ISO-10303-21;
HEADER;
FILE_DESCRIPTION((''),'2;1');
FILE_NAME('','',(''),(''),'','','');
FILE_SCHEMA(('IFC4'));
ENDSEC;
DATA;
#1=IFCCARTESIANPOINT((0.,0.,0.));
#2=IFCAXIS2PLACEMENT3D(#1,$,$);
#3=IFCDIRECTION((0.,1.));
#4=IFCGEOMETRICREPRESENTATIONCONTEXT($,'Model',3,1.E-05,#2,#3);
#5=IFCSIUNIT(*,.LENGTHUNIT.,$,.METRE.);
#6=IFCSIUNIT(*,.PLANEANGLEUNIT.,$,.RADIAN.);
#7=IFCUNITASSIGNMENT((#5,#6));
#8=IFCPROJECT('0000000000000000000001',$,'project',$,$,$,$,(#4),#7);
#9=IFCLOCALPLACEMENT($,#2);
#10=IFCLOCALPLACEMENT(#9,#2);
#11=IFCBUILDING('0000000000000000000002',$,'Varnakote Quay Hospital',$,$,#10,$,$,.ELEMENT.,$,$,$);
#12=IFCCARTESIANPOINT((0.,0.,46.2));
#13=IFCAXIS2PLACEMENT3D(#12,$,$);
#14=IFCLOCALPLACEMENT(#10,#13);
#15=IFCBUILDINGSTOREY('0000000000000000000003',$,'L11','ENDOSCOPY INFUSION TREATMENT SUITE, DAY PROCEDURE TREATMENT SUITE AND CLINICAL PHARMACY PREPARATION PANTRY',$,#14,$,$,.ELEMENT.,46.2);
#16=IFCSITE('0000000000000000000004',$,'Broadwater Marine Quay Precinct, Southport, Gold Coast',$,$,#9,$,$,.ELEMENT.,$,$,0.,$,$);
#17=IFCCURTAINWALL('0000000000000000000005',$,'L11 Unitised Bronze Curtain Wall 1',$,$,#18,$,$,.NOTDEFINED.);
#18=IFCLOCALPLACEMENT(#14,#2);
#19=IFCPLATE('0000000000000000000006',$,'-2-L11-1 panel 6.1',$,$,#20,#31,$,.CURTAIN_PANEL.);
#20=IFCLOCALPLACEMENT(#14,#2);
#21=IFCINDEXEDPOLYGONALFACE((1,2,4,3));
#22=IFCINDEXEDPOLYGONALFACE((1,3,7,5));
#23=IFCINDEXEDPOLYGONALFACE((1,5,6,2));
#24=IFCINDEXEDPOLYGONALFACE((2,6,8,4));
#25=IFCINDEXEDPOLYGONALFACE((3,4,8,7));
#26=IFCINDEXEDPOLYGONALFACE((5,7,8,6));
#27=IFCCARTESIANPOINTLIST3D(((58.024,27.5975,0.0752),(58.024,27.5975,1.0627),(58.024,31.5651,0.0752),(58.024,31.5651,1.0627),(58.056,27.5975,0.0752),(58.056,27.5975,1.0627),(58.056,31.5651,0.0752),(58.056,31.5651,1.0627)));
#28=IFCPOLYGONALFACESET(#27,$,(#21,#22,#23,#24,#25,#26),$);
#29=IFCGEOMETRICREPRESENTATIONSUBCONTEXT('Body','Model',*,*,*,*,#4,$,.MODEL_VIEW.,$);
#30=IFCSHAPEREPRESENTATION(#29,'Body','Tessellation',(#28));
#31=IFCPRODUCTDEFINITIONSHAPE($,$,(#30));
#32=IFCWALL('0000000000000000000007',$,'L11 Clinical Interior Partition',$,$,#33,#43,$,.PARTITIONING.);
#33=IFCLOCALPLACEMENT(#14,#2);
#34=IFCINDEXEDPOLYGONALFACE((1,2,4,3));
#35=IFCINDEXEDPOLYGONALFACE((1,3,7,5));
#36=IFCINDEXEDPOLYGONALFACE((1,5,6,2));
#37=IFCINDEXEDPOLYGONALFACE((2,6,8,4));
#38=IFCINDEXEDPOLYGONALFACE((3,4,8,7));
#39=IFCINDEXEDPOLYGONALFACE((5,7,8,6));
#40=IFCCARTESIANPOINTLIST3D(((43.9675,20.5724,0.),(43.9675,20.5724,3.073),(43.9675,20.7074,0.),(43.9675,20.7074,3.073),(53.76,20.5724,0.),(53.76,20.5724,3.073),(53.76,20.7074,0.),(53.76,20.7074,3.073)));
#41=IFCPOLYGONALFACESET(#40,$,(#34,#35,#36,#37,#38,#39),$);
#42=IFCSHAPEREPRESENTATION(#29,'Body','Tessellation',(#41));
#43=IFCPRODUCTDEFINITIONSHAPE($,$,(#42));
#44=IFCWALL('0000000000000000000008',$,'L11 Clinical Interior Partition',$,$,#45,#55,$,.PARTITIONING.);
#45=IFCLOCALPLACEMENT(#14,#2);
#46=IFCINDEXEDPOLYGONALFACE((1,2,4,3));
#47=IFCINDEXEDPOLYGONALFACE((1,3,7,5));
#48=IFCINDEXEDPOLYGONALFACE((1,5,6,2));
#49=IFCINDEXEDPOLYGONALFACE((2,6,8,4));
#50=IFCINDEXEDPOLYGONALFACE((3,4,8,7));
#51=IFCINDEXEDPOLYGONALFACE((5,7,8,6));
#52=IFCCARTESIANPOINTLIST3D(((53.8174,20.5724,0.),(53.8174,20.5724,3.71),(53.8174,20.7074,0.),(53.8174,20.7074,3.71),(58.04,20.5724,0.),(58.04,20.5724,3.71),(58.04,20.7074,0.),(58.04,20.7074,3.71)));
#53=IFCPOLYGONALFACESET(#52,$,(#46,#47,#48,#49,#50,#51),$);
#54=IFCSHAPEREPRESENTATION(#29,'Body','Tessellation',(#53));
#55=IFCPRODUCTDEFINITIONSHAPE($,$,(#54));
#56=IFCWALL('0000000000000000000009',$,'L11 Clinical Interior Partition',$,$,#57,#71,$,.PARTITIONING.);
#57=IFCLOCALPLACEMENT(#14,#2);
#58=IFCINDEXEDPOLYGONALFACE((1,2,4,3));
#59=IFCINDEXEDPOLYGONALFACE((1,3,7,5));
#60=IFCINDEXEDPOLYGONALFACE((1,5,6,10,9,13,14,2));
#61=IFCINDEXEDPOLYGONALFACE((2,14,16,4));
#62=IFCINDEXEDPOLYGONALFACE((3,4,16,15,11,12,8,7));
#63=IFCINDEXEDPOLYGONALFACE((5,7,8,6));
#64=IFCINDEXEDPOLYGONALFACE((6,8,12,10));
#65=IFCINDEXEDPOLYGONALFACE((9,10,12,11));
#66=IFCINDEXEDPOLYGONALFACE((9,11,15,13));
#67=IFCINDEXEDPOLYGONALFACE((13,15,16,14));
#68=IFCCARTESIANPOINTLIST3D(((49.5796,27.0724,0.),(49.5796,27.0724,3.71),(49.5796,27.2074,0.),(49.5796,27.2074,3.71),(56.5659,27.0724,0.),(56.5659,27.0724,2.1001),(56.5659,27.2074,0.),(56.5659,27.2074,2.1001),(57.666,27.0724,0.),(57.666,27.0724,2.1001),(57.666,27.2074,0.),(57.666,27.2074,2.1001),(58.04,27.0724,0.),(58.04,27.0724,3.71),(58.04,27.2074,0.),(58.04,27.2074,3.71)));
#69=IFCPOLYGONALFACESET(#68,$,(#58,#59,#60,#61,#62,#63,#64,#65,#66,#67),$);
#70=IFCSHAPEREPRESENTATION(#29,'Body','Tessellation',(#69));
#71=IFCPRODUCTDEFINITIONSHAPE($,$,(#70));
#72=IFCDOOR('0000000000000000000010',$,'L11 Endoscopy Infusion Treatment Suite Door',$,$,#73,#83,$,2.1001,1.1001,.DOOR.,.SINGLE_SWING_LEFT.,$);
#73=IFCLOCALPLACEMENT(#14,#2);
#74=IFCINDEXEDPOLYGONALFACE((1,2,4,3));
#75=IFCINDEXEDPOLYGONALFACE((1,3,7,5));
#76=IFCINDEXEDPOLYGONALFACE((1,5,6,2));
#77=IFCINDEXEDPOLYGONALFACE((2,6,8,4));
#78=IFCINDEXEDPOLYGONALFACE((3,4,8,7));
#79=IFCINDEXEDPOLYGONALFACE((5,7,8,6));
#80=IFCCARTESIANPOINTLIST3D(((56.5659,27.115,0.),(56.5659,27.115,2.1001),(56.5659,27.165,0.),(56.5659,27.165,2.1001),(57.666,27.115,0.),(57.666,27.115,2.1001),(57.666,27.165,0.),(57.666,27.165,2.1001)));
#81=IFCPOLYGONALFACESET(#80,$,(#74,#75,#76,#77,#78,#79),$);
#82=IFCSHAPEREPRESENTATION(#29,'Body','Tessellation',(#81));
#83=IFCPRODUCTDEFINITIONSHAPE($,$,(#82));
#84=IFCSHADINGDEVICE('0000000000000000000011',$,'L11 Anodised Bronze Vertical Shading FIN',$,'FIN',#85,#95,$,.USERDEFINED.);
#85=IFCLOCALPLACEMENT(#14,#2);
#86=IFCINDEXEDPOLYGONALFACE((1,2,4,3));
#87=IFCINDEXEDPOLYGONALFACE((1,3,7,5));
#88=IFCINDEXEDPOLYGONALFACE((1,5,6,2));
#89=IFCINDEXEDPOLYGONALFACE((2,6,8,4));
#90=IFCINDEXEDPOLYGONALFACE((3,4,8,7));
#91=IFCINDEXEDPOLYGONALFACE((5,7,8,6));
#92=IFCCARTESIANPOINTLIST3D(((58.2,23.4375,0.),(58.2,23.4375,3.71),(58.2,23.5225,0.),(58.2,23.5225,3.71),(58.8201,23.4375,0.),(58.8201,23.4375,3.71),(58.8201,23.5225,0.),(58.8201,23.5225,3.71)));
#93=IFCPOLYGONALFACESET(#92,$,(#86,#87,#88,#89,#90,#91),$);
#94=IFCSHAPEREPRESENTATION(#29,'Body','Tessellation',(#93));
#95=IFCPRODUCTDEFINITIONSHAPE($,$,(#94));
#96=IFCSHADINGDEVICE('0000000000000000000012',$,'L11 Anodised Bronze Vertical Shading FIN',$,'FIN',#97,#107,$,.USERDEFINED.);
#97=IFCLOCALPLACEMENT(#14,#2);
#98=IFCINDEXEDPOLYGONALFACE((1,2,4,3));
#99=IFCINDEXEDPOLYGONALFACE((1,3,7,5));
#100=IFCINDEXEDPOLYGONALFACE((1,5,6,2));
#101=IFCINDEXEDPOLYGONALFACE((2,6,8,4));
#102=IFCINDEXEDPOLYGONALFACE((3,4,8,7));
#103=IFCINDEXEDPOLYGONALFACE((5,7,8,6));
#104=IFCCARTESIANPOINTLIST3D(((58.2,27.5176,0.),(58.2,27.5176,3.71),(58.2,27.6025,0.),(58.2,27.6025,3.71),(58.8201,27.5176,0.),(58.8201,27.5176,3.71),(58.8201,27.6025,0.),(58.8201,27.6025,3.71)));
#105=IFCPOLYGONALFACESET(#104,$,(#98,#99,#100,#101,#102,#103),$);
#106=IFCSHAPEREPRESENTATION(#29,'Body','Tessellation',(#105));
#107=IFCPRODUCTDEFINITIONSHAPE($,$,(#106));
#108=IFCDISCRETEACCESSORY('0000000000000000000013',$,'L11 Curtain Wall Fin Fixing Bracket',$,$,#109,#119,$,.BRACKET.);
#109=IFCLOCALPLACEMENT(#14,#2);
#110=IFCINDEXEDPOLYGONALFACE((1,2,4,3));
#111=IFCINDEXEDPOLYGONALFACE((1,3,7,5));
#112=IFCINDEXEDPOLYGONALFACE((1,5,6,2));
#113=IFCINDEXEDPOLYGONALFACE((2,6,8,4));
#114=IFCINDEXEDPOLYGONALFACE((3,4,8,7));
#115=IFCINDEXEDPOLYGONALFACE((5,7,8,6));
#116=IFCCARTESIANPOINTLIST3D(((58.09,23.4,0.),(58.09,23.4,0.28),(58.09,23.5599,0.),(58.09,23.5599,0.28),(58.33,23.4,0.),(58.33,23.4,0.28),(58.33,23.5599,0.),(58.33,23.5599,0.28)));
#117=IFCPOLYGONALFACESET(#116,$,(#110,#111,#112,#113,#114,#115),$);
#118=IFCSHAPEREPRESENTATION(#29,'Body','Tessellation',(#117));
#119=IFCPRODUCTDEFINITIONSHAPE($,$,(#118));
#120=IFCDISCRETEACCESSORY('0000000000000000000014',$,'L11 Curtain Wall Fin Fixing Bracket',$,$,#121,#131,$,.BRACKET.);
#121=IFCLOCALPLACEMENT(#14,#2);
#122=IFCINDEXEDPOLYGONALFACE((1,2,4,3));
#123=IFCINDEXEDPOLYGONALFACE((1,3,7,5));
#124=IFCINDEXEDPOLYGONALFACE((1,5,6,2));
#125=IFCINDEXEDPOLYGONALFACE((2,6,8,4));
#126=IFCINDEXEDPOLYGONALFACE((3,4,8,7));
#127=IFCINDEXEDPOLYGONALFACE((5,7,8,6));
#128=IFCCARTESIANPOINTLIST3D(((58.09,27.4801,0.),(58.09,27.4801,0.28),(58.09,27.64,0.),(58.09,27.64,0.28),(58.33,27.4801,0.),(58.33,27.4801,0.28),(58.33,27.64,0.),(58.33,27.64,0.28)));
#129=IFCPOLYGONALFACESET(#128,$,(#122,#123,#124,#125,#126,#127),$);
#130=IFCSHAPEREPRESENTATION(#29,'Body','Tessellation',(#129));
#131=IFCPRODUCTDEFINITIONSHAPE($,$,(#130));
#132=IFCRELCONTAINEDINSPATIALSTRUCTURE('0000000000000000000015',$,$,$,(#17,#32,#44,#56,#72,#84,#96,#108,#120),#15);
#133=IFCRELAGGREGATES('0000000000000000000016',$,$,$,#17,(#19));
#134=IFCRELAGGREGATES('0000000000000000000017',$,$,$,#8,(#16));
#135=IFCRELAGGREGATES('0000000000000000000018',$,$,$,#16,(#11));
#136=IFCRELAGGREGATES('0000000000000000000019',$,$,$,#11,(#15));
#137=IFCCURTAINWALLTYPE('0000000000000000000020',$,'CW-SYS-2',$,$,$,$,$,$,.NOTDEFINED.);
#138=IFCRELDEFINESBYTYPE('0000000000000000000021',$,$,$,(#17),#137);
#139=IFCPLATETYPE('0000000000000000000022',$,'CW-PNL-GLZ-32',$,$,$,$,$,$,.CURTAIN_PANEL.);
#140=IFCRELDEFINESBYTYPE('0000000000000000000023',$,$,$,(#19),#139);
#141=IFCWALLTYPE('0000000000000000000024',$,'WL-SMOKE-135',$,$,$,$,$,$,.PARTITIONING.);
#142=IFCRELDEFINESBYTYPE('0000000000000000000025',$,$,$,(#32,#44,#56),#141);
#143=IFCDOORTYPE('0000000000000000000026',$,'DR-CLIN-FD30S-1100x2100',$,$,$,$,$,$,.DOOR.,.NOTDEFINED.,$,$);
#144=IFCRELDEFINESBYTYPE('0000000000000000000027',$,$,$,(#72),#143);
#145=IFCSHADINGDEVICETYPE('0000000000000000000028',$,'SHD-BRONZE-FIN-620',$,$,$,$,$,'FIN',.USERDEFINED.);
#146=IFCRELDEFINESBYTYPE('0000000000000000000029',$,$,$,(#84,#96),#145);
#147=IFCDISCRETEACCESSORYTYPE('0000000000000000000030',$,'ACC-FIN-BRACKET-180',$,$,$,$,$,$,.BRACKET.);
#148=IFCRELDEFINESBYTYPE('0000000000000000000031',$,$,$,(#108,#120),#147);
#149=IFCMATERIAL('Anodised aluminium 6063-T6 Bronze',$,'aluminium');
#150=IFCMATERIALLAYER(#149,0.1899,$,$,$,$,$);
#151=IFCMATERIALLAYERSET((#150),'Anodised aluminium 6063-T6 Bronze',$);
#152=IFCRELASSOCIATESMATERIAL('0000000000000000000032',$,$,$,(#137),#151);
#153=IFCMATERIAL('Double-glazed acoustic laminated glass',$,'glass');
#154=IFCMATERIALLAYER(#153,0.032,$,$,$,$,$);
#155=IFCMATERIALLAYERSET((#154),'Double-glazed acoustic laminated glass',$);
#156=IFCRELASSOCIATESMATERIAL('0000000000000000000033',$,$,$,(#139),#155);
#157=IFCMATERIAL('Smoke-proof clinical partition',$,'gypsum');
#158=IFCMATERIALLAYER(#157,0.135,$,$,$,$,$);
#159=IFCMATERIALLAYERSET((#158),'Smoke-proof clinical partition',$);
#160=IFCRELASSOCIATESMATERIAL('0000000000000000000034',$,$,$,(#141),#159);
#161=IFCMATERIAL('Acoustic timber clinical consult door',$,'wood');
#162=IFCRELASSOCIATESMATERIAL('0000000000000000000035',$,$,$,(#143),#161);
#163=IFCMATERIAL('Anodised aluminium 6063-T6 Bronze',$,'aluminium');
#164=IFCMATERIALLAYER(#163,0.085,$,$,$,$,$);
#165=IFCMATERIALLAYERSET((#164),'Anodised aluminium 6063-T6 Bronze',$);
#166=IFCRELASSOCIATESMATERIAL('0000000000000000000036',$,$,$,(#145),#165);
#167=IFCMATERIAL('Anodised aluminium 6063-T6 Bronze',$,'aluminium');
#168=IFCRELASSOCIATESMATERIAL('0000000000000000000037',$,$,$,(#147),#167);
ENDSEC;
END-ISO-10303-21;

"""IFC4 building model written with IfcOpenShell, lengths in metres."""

from ifc_helpers import new_model, si_unit, direction, frame, frame_2d, origin, origin_2d, place, context, subcontext, project, spatial, rectangle, extrude, material, layer, layer_set, type_object, element, fill, aggregate, save


model = new_model("IFC4")

# Units and contexts
model_context = context("Model", 3, precision=1e-05, world=origin(), true_north=direction((0.0, 1.0)))
body_context = subcontext(model_context, "Body", "Model", "MODEL_VIEW")
ifc_project = project(units=[si_unit("LENGTHUNIT", "METRE"), si_unit("PLANEANGLEUNIT", "RADIAN")], contexts=[model_context])

# Site, building, storey
site_placement = place(None, origin())
site = spatial("IfcSite", under=ifc_project, at=site_placement, Name="Broadwater Marine Quay Precinct, Southport, Gold Coast", CompositionType="ELEMENT", RefElevation=0.0)
building_placement = place(site_placement, origin())
building = spatial("IfcBuilding", under=site, at=building_placement, Name="Varnakote Quay Hospital", CompositionType="ELEMENT")
storey_placement = place(building_placement, frame((0.0, 0.0, 46.2)))
storey = spatial("IfcBuildingStorey", under=building, at=storey_placement, Name="L11", Description="ENDOSCOPY INFUSION TREATMENT SUITE, DAY PROCEDURE TREATMENT SUITE AND CLINICAL PHARMACY PREPARATION PANTRY", CompositionType="ELEMENT", Elevation=46.2)

# Curtain wall, plate
ifc_material_1 = material(Name="Anodised aluminium 6063-T6 Bronze", Category="aluminium")
ifc_layer_1 = layer(ifc_material_1, 0.1899)
ifc_layer_set_1 = layer_set([ifc_layer_1], Name="Anodised aluminium 6063-T6 Bronze")
curtain_wall_type = type_object("IfcCurtainWallType", Name="CW-SYS-2", PredefinedType="NOTDEFINED", material=ifc_layer_set_1)
curtain_wall_placement = place(storey_placement, origin())
curtain_wall = element("IfcCurtainWall", 1, at=curtain_wall_placement, inside=storey, type_object=curtain_wall_type, Name="L11 Unitised Bronze Curtain Wall 1", PredefinedType="NOTDEFINED")
ifc_material_2 = material(Name="Double-glazed acoustic laminated glass", Category="glass")
ifc_layer_2 = layer(ifc_material_2, 0.032)
ifc_layer_set_2 = layer_set([ifc_layer_2], Name="Double-glazed acoustic laminated glass")
plate_type = type_object("IfcPlateType", Name="CW-PNL-GLZ-32", PredefinedType="CURTAIN_PANEL", material=ifc_layer_set_2)
plate_1_placement = place(storey_placement, frame((58.04, 29.5813, 0.0752), z_axis=(0.0, 0.0, 1.0), x_axis=(0.0, 1.0, 0.0)))
plate_1 = element("IfcPlate", 2, at=plate_1_placement, type_object=plate_type, Name="-2-L11-1 panel 6.1", PredefinedType="CURTAIN_PANEL", context=body_context, shape_type="SweptSolid", body=[
    extrude(rectangle(XDim=3.9675, YDim=0.032, at=origin_2d()), origin(), (0.0, 0.0, 1.0), 0.9875),
])
aggregate(curtain_wall, [plate_1])

# Walls
ifc_material_3 = material(Name="Smoke-proof clinical partition", Category="gypsum")
ifc_layer_3 = layer(ifc_material_3, 0.135)
ifc_layer_set_3 = layer_set([ifc_layer_3], Name="Smoke-proof clinical partition")
wall_type = type_object("IfcWallType", Name="WL-SMOKE-135", PredefinedType="PARTITIONING", material=ifc_layer_set_3)
wall_1_placement = place(storey_placement, frame((53.76, 20.6399, 0.0), z_axis=(0.0, 0.0, 1.0), x_axis=(-1.0, 0.0, 0.0)))
element("IfcWall", 3, at=wall_1_placement, inside=storey, type_object=wall_type, Name="L11 Clinical Interior Partition", PredefinedType="PARTITIONING", context=body_context, shape_type="SweptSolid", body=[
    extrude(rectangle(XDim=9.7925, YDim=0.135, at=frame_2d((4.8962, 0.0))), origin(), (0.0, 0.0, 1.0), 3.073),
])
wall_2_placement = place(storey_placement, frame((58.04, 20.6399, 0.0), z_axis=(0.0, 0.0, 1.0), x_axis=(-1.0, 0.0, 0.0)))
element("IfcWall", 4, at=wall_2_placement, inside=storey, type_object=wall_type, Name="L11 Clinical Interior Partition", PredefinedType="PARTITIONING", context=body_context, shape_type="SweptSolid", body=[
    extrude(rectangle(XDim=4.2227, YDim=0.135, at=frame_2d((2.1113, 0.0))), origin(), (0.0, 0.0, 1.0), 3.71),
])

# Wall, opening, door
wall_3_placement = place(storey_placement, frame((58.04, 27.1399, 0.0), z_axis=(0.0, 0.0, 1.0), x_axis=(-1.0, 0.0, 0.0)))
wall_3 = element("IfcWall", 5, at=wall_3_placement, inside=storey, type_object=wall_type, Name="L11 Clinical Interior Partition", PredefinedType="PARTITIONING", context=body_context, shape_type="SweptSolid", body=[
    extrude(rectangle(XDim=8.4604, YDim=0.135, at=frame_2d((4.2302, 0.0))), origin(), (0.0, 0.0, 1.0), 3.71),
])
opening_placement = place(wall_3_placement, frame((0.374, 0.0, 0.0)))
opening = element("IfcOpeningElement", 6, at=opening_placement, cuts=wall_3, PredefinedType="OPENING", context=body_context, shape_type="SweptSolid", body=[
    extrude(rectangle(XDim=1.1001, YDim=2.1001, at=frame_2d((0.55, 1.05))), frame((0.0, 0.0774, 0.0), z_axis=(0.0, -1.0, 0.0), x_axis=(1.0, 0.0, 0.0)), (0.0, 0.0, 1.0), 0.155),
])
ifc_material_4 = material(Name="Acoustic timber clinical consult door", Category="wood")
door_type = type_object("IfcDoorType", Name="DR-CLIN-FD30S-1100x2100", OperationType="NOTDEFINED", PredefinedType="DOOR", material=ifc_material_4)
door_placement = place(opening_placement, origin())
door = element("IfcDoor", 7, at=door_placement, inside=storey, type_object=door_type, Name="L11 Endoscopy Infusion Treatment Suite Door", OperationType="SINGLE_SWING_LEFT", OverallHeight=2.1001, OverallWidth=1.1001, PredefinedType="DOOR", context=body_context, shape_type="SweptSolid", body=[
    extrude(rectangle(XDim=1.1001, YDim=2.1001, at=frame_2d((0.55, 1.05))), frame((0.0, 0.0249, 0.0), z_axis=(0.0, -1.0, 0.0), x_axis=(1.0, 0.0, 0.0)), (0.0, 0.0, 1.0), 0.05),
])
fill(opening, door)

# Shading devices
ifc_material_5 = material(Name="Anodised aluminium 6063-T6 Bronze", Category="aluminium")
ifc_layer_4 = layer(ifc_material_5, 0.085)
ifc_layer_set_4 = layer_set([ifc_layer_4], Name="Anodised aluminium 6063-T6 Bronze")
shading_device_type = type_object("IfcShadingDeviceType", Name="SHD-BRONZE-FIN-620", ElementType="FIN", PredefinedType="USERDEFINED", material=ifc_layer_set_4)
for number, where, z_axis, x_axis, name in (
    (8, (58.51, 23.48, 0.0), (0.0, 0.0, 1.0), (-1.0, 0.0, 0.0), "L11 Anodised Bronze Vertical Shading FIN"),
    (9, (58.51, 27.5601, 0.0), (0.0, 0.0, 1.0), (-1.0, 0.0, 0.0), "L11 Anodised Bronze Vertical Shading FIN"),
):
    element("IfcShadingDevice", number, at=place(storey_placement, frame(where, z_axis=z_axis, x_axis=x_axis)), inside=storey, type_object=shading_device_type, Name=name, ObjectType="FIN", PredefinedType="USERDEFINED", context=body_context, shape_type="SweptSolid", body=[
        extrude(rectangle(XDim=0.6201, YDim=0.085, at=origin_2d()), origin(), (0.0, 0.0, 1.0), 3.71),
    ])

# Discrete accessories
ifc_material_6 = material(Name="Anodised aluminium 6063-T6 Bronze", Category="aluminium")
discrete_accessory_type = type_object("IfcDiscreteAccessoryType", Name="ACC-FIN-BRACKET-180", PredefinedType="BRACKET", material=ifc_material_6)
for number, where, z_axis, x_axis, name in (
    (10, (58.21, 23.48, 0.0), (0.0, 0.0, 1.0), (0.0, 1.0, 0.0), "L11 Curtain Wall Fin Fixing Bracket"),
    (11, (58.21, 27.5601, 0.0), (0.0, 0.0, 1.0), (0.0, 1.0, 0.0), "L11 Curtain Wall Fin Fixing Bracket"),
):
    element("IfcDiscreteAccessory", number, at=place(storey_placement, frame(where, z_axis=z_axis, x_axis=x_axis)), inside=storey, type_object=discrete_accessory_type, Name=name, PredefinedType="BRACKET", context=body_context, shape_type="SweptSolid", body=[
        extrude(rectangle(XDim=0.1599, YDim=0.24, at=origin_2d()), origin(), (0.0, 0.0, 1.0), 0.28),
    ])

save(model, "model.ifc")
